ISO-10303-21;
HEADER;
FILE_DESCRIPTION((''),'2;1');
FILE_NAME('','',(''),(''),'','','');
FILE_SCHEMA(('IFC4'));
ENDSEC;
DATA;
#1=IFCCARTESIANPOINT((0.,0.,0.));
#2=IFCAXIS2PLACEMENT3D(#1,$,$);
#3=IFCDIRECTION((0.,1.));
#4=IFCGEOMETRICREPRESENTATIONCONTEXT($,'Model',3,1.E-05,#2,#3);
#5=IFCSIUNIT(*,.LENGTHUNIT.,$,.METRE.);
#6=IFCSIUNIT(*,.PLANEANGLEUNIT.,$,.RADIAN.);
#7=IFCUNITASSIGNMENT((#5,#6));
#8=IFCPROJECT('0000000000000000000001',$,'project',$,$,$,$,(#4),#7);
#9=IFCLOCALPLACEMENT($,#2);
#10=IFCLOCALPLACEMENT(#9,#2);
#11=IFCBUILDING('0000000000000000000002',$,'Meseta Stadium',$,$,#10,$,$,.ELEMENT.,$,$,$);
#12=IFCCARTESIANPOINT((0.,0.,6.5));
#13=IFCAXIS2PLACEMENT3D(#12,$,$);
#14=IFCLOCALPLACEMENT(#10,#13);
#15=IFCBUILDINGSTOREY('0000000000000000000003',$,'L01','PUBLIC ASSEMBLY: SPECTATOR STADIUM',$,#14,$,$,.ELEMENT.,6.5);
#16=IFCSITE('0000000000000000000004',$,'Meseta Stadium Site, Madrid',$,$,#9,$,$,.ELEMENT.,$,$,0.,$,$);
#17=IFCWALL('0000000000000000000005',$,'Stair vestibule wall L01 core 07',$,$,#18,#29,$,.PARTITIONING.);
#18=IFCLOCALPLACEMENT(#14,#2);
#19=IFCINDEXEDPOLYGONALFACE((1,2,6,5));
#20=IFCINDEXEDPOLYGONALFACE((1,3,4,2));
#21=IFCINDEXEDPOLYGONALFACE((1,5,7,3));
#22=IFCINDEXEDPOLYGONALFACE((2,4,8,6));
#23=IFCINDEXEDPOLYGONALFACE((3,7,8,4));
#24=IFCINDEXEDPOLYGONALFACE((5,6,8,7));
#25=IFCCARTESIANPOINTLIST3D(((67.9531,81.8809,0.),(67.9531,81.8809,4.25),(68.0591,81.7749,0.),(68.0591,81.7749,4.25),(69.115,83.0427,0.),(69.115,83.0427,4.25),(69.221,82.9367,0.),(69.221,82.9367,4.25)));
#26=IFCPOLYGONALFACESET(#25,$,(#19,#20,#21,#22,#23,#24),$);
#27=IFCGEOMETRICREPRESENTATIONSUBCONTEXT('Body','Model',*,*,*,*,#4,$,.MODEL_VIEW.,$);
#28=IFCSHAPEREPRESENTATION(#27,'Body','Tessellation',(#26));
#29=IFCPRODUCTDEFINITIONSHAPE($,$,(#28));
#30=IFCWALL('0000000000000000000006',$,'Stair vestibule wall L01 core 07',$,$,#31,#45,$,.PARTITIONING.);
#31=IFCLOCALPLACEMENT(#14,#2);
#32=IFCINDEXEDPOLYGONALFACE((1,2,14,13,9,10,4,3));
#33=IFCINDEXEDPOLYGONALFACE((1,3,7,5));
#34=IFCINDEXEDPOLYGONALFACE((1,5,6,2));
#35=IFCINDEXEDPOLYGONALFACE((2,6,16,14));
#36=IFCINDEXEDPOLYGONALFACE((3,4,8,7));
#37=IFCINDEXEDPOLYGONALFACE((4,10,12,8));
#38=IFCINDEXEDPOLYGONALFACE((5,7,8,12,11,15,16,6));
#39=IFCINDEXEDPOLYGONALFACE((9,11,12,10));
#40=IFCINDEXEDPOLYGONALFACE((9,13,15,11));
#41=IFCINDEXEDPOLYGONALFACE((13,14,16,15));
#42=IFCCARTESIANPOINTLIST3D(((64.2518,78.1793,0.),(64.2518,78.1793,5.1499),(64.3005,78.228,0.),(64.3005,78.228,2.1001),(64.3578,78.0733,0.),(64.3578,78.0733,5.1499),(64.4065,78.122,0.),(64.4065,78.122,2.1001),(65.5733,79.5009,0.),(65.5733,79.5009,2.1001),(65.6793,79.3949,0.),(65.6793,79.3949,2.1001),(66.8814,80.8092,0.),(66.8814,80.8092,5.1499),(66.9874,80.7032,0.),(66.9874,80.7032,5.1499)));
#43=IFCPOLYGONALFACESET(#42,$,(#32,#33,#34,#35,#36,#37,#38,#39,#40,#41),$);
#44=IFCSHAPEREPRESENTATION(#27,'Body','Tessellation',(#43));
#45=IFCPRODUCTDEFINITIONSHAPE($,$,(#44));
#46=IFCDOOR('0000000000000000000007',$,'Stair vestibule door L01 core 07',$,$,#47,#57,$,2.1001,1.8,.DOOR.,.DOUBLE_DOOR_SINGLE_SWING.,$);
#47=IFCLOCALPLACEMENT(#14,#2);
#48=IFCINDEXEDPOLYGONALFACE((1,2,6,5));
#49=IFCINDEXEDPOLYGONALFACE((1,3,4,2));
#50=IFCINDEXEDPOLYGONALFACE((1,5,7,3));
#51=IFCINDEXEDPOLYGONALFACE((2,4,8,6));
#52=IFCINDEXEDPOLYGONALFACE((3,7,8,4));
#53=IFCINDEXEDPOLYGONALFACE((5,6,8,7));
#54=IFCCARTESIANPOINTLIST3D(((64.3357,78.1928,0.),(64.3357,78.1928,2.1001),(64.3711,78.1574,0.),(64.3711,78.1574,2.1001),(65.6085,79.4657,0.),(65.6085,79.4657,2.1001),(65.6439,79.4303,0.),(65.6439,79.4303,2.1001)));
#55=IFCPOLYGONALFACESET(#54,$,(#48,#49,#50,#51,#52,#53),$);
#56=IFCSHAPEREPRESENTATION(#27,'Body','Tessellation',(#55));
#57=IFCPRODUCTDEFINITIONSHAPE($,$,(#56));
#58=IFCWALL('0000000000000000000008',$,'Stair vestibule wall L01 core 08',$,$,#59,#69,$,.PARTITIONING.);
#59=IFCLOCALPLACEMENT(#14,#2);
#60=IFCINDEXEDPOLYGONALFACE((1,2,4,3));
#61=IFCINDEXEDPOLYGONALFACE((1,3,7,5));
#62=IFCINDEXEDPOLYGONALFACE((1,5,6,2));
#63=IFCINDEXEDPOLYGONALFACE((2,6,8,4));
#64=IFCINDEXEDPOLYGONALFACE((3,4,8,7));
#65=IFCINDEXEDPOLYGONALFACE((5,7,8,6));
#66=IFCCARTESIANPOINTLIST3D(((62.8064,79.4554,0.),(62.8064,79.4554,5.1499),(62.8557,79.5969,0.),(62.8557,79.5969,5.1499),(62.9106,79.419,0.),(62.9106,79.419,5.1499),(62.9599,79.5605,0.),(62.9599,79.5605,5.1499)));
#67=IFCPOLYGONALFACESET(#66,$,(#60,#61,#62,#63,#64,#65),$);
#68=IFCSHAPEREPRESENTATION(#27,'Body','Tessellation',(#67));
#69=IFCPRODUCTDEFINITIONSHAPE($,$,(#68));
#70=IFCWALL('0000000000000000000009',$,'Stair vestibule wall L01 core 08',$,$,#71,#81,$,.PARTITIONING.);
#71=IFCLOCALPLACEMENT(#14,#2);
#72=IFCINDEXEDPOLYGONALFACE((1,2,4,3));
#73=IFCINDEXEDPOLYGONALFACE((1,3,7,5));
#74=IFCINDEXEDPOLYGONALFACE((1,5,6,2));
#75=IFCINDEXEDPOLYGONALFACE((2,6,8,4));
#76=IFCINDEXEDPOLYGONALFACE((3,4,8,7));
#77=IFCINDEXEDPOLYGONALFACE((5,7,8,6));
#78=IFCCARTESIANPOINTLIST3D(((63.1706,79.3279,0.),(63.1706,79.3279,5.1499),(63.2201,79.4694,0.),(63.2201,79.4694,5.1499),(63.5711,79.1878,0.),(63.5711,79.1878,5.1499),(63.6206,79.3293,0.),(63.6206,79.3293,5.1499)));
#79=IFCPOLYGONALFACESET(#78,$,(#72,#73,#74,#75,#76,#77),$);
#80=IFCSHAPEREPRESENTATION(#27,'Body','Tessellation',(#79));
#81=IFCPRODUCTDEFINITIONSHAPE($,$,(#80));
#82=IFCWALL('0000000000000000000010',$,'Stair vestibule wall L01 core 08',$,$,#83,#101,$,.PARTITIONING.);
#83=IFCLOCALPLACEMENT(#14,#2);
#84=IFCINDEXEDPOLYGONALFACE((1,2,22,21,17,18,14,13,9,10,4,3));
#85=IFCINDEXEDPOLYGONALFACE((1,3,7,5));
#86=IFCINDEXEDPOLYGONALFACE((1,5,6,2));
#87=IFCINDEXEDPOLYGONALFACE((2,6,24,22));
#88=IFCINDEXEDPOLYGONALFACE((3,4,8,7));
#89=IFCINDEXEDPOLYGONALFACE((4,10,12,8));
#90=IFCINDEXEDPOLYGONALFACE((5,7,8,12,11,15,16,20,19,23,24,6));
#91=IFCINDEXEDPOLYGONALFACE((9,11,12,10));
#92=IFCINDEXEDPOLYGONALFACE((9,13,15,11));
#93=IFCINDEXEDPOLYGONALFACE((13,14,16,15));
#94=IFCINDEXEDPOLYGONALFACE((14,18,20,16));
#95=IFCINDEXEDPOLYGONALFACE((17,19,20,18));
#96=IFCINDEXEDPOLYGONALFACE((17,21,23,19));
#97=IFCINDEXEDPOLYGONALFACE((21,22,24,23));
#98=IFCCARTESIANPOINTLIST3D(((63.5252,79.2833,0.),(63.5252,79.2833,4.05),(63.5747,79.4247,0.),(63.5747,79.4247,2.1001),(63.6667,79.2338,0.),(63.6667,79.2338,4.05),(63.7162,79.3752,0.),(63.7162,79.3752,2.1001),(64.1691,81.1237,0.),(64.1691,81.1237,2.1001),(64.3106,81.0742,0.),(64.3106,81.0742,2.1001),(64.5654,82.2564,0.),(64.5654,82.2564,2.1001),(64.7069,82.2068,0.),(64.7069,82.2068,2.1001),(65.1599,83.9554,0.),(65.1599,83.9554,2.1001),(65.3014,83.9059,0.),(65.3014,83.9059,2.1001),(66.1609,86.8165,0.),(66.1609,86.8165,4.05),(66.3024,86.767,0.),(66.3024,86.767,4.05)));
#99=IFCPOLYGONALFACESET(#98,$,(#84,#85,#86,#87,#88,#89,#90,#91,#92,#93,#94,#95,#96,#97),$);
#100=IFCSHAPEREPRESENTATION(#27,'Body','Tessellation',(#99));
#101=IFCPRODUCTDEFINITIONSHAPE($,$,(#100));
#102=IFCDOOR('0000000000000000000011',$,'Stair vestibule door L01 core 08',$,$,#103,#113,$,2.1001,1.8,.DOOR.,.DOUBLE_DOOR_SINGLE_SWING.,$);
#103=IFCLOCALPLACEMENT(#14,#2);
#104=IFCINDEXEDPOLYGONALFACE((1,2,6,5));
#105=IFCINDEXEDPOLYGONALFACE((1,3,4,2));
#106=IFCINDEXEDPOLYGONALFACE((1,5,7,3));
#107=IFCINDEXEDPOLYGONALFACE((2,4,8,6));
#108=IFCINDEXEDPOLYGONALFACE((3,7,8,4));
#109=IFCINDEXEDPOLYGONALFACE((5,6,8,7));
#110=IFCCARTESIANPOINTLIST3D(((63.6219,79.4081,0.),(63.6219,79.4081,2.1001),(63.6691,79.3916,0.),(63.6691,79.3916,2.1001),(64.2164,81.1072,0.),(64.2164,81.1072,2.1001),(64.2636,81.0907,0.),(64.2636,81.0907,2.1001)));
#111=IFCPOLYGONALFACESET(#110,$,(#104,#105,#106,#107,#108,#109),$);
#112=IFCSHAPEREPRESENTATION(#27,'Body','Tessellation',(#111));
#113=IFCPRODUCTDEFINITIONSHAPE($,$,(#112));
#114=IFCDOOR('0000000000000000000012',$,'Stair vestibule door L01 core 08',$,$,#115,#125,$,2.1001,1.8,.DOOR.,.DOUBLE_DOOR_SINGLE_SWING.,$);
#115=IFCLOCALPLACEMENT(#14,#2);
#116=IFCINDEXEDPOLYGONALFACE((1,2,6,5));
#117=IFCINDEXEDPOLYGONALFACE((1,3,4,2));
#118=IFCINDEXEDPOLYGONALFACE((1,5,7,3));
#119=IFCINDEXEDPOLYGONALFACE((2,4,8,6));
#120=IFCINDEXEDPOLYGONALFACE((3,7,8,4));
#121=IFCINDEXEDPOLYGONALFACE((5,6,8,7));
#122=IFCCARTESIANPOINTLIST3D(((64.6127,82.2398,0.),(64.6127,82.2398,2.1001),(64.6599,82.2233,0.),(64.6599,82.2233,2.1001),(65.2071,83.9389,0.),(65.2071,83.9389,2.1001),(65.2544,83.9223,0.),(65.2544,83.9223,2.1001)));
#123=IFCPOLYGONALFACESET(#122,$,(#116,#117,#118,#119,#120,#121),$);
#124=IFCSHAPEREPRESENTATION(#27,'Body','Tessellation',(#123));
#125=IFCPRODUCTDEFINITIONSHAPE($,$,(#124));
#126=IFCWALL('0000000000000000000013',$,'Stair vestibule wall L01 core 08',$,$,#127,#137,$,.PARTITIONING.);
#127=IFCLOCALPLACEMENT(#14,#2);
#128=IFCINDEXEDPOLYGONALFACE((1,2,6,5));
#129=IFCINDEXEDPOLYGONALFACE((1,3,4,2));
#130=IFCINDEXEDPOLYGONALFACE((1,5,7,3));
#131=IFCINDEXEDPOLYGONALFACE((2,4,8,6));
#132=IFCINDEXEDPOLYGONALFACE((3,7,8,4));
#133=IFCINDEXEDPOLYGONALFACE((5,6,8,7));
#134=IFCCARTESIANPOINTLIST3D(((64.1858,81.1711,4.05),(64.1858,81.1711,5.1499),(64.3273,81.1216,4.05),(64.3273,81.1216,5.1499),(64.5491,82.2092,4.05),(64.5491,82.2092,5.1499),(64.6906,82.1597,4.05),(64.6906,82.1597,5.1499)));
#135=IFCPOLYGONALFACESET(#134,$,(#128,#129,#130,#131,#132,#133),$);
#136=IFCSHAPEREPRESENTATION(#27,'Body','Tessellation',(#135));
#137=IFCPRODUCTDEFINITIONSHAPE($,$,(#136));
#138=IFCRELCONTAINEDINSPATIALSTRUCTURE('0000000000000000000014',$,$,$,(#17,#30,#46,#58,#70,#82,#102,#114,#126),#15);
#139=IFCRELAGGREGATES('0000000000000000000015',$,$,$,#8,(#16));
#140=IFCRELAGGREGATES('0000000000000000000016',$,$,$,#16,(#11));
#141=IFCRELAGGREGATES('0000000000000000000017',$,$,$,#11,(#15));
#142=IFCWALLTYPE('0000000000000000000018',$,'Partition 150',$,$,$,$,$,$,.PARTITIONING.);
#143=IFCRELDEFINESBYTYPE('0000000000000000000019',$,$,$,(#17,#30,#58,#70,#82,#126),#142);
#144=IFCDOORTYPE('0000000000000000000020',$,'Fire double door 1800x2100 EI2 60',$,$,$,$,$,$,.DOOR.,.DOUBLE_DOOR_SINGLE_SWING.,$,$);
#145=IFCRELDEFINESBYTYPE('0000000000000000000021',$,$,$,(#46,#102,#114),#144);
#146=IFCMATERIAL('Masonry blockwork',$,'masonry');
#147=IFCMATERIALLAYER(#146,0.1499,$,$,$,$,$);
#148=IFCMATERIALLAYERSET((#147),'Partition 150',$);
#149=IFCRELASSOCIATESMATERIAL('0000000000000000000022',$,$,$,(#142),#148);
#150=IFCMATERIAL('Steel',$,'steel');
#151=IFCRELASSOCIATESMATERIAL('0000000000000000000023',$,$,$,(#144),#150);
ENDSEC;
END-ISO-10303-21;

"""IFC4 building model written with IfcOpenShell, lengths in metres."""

from ifc_helpers import new_model, si_unit, direction, frame, frame_2d, origin, place, context, subcontext, project, spatial, rectangle, extrude, material, layer, layer_set, type_object, element, fill, save


model = new_model("IFC4")

# Units and contexts
model_context = context("Model", 3, precision=1e-05, world=origin(), true_north=direction((0.0, 1.0)))
body_context = subcontext(model_context, "Body", "Model", "MODEL_VIEW")
ifc_project = project(units=[si_unit("LENGTHUNIT", "METRE"), si_unit("PLANEANGLEUNIT", "RADIAN")], contexts=[model_context])

# Site, building, storey
site_placement = place(None, origin())
site = spatial("IfcSite", under=ifc_project, at=site_placement, Name="Meseta Stadium Site, Madrid", CompositionType="ELEMENT", RefElevation=0.0)
building_placement = place(site_placement, origin())
building = spatial("IfcBuilding", under=site, at=building_placement, Name="Meseta Stadium", CompositionType="ELEMENT")
storey_placement = place(building_placement, frame((0.0, 0.0, 6.5)))
storey = spatial("IfcBuildingStorey", under=building, at=storey_placement, Name="L01", Description="PUBLIC ASSEMBLY: SPECTATOR STADIUM", CompositionType="ELEMENT", Elevation=6.5)

# Wall
ifc_material_1 = material(Name="Masonry blockwork", Category="masonry")
ifc_layer = layer(ifc_material_1, 0.1499)
ifc_layer_set = layer_set([ifc_layer], Name="Partition 150")
wall_type = type_object("IfcWallType", Name="Partition 150", PredefinedType="PARTITIONING", material=ifc_layer_set)
wall_1_placement = place(storey_placement, frame((69.168, 82.9897, 0.0), z_axis=(0.0, 0.0, 1.0), x_axis=(-0.707107, -0.707107, 0.0)))
element("IfcWall", 1, at=wall_1_placement, inside=storey, type_object=wall_type, Name="Stair vestibule wall L01 core 07", PredefinedType="PARTITIONING", context=body_context, shape_type="SweptSolid", body=[
    extrude(rectangle(XDim=1.6431, YDim=0.1499, at=frame_2d((0.8215, 0.0))), origin(), (0.0, 0.0, 1.0), 4.25),
])

# Wall, opening, door
wall_2_placement = place(storey_placement, frame((66.9343, 80.7561, 0.0), z_axis=(0.0, 0.0, 1.0), x_axis=(-0.707074, -0.70714, 0.0)))
wall_2 = element("IfcWall", 2, at=wall_2_placement, inside=storey, type_object=wall_type, Name="Stair vestibule wall L01 core 07", PredefinedType="PARTITIONING", context=body_context, shape_type="SweptSolid", body=[
    extrude(rectangle(XDim=3.719, YDim=0.1499, at=frame_2d((1.8594, 0.0))), origin(), (0.0, 0.0, 1.0), 5.1499),
])
opening_1_placement = place(wall_2_placement, frame((1.8501, 0.0, 0.0)))
opening_1 = element("IfcOpeningElement", 3, at=opening_1_placement, cuts=wall_2, PredefinedType="OPENING", context=body_context, shape_type="SweptSolid", body=[
    extrude(rectangle(XDim=1.8, YDim=2.1001, at=frame_2d((0.8999, 1.05))), frame((0.0, 0.085, 0.0), z_axis=(0.0, -1.0, 0.0), x_axis=(1.0, 0.0, 0.0)), (0.0, 0.0, 1.0), 0.1699),
])
ifc_material_2 = material(Name="Steel", Category="steel")
door_type = type_object("IfcDoorType", Name="Fire double door 1800x2100 EI2 60", OperationType="DOUBLE_DOOR_SINGLE_SWING", PredefinedType="DOOR", material=ifc_material_2)
door_1_placement = place(opening_1_placement, origin())
door_1 = element("IfcDoor", 4, at=door_1_placement, inside=storey, type_object=door_type, Name="Stair vestibule door L01 core 07", OperationType="DOUBLE_DOOR_SINGLE_SWING", OverallHeight=2.1001, OverallWidth=1.8, PredefinedType="DOOR", context=body_context, shape_type="SweptSolid", body=[
    extrude(rectangle(XDim=1.8, YDim=2.1001, at=frame_2d((0.8999, 1.05))), frame((0.0, 0.0249, 0.0), z_axis=(0.0, -1.0, 0.0), x_axis=(1.0, 0.0, 0.0)), (0.0, 0.0, 1.0), 0.05),
])
fill(opening_1, door_1)

# Walls
wall_3_placement = place(storey_placement, frame((62.8311, 79.5261, 0.0), z_axis=(0.0, 0.0, 1.0), x_axis=(0.944168, -0.329464, 0.0)))
element("IfcWall", 5, at=wall_3_placement, inside=storey, type_object=wall_type, Name="Stair vestibule wall L01 core 08", PredefinedType="PARTITIONING", context=body_context, shape_type="SweptSolid", body=[
    extrude(rectangle(XDim=0.1104, YDim=0.1499, at=frame_2d((0.0552, 0.0))), origin(), (0.0, 0.0, 1.0), 5.1499),
])
wall_4_placement = place(storey_placement, frame((63.1953, 79.3987, 0.0), z_axis=(0.0, 0.0, 1.0), x_axis=(0.943921, -0.330171, 0.0)))
element("IfcWall", 6, at=wall_4_placement, inside=storey, type_object=wall_type, Name="Stair vestibule wall L01 core 08", PredefinedType="PARTITIONING", context=body_context, shape_type="SweptSolid", body=[
    extrude(rectangle(XDim=0.4243, YDim=0.1499, at=frame_2d((0.2122, 0.0))), origin(), (0.0, 0.0, 1.0), 5.1499),
])

# Wall, openings, doors
wall_5_placement = place(storey_placement, frame((63.5959, 79.2585, 0.0), z_axis=(0.0, 0.0, 1.0), x_axis=(0.330252, 0.943893, 0.0)))
wall_5 = element("IfcWall", 7, at=wall_5_placement, inside=storey, type_object=wall_type, Name="Stair vestibule wall L01 core 08", PredefinedType="PARTITIONING", context=body_context, shape_type="SweptSolid", body=[
    extrude(rectangle(XDim=7.981, YDim=0.1499, at=frame_2d((3.9905, 0.0))), origin(), (0.0, 0.0, 1.0), 4.05),
])
opening_2_placement = place(wall_5_placement, frame((0.1499, 0.0, 0.0)))
opening_2 = element("IfcOpeningElement", 8, at=opening_2_placement, cuts=wall_5, PredefinedType="OPENING", context=body_context, shape_type="SweptSolid", body=[
    extrude(rectangle(XDim=1.8, YDim=2.1001, at=frame_2d((0.8999, 1.05))), frame((0.0, 0.085, 0.0), z_axis=(0.0, -1.0, 0.0), x_axis=(1.0, 0.0, 0.0)), (0.0, 0.0, 1.0), 0.1699),
])
opening_3_placement = place(wall_5_placement, frame((3.1499, 0.0, 0.0)))
opening_3 = element("IfcOpeningElement", 9, at=opening_3_placement, cuts=wall_5, PredefinedType="OPENING", context=body_context, shape_type="SweptSolid", body=[
    extrude(rectangle(XDim=1.8, YDim=2.1001, at=frame_2d((0.8999, 1.05))), frame((0.0, 0.085, 0.0), z_axis=(0.0, -1.0, 0.0), x_axis=(1.0, 0.0, 0.0)), (0.0, 0.0, 1.0), 0.1699),
])
door_2_placement = place(opening_2_placement, origin())
door_2 = element("IfcDoor", 10, at=door_2_placement, inside=storey, type_object=door_type, Name="Stair vestibule door L01 core 08", OperationType="DOUBLE_DOOR_SINGLE_SWING", OverallHeight=2.1001, OverallWidth=1.8, PredefinedType="DOOR", context=body_context, shape_type="SweptSolid", body=[
    extrude(rectangle(XDim=1.8, YDim=2.1001, at=frame_2d((0.8999, 1.05))), frame((0.0, 0.0249, 0.0), z_axis=(0.0, -1.0, 0.0), x_axis=(1.0, 0.0, 0.0)), (0.0, 0.0, 1.0), 0.05),
])
fill(opening_2, door_2)
door_3_placement = place(opening_3_placement, origin())
door_3 = element("IfcDoor", 11, at=door_3_placement, inside=storey, type_object=door_type, Name="Stair vestibule door L01 core 08", OperationType="DOUBLE_DOOR_SINGLE_SWING", OverallHeight=2.1001, OverallWidth=1.8, PredefinedType="DOOR", context=body_context, shape_type="SweptSolid", body=[
    extrude(rectangle(XDim=1.8, YDim=2.1001, at=frame_2d((0.8999, 1.05))), frame((0.0, 0.0249, 0.0), z_axis=(0.0, -1.0, 0.0), x_axis=(1.0, 0.0, 0.0)), (0.0, 0.0, 1.0), 0.05),
])
fill(opening_3, door_3)

# Wall
wall_6_placement = place(storey_placement, frame((64.2566, 81.1465, 4.05), z_axis=(0.0, 0.0, 1.0), x_axis=(0.330311, 0.943872, 0.0)))
element("IfcWall", 12, at=wall_6_placement, inside=storey, type_object=wall_type, Name="Stair vestibule wall L01 core 08", PredefinedType="PARTITIONING", context=body_context, shape_type="SweptSolid", body=[
    extrude(rectangle(XDim=1.0999, YDim=0.1499, at=frame_2d((0.5498, 0.0))), origin(), (0.0, 0.0, 1.0), 1.0999),
])

save(model, "model.ifc")
